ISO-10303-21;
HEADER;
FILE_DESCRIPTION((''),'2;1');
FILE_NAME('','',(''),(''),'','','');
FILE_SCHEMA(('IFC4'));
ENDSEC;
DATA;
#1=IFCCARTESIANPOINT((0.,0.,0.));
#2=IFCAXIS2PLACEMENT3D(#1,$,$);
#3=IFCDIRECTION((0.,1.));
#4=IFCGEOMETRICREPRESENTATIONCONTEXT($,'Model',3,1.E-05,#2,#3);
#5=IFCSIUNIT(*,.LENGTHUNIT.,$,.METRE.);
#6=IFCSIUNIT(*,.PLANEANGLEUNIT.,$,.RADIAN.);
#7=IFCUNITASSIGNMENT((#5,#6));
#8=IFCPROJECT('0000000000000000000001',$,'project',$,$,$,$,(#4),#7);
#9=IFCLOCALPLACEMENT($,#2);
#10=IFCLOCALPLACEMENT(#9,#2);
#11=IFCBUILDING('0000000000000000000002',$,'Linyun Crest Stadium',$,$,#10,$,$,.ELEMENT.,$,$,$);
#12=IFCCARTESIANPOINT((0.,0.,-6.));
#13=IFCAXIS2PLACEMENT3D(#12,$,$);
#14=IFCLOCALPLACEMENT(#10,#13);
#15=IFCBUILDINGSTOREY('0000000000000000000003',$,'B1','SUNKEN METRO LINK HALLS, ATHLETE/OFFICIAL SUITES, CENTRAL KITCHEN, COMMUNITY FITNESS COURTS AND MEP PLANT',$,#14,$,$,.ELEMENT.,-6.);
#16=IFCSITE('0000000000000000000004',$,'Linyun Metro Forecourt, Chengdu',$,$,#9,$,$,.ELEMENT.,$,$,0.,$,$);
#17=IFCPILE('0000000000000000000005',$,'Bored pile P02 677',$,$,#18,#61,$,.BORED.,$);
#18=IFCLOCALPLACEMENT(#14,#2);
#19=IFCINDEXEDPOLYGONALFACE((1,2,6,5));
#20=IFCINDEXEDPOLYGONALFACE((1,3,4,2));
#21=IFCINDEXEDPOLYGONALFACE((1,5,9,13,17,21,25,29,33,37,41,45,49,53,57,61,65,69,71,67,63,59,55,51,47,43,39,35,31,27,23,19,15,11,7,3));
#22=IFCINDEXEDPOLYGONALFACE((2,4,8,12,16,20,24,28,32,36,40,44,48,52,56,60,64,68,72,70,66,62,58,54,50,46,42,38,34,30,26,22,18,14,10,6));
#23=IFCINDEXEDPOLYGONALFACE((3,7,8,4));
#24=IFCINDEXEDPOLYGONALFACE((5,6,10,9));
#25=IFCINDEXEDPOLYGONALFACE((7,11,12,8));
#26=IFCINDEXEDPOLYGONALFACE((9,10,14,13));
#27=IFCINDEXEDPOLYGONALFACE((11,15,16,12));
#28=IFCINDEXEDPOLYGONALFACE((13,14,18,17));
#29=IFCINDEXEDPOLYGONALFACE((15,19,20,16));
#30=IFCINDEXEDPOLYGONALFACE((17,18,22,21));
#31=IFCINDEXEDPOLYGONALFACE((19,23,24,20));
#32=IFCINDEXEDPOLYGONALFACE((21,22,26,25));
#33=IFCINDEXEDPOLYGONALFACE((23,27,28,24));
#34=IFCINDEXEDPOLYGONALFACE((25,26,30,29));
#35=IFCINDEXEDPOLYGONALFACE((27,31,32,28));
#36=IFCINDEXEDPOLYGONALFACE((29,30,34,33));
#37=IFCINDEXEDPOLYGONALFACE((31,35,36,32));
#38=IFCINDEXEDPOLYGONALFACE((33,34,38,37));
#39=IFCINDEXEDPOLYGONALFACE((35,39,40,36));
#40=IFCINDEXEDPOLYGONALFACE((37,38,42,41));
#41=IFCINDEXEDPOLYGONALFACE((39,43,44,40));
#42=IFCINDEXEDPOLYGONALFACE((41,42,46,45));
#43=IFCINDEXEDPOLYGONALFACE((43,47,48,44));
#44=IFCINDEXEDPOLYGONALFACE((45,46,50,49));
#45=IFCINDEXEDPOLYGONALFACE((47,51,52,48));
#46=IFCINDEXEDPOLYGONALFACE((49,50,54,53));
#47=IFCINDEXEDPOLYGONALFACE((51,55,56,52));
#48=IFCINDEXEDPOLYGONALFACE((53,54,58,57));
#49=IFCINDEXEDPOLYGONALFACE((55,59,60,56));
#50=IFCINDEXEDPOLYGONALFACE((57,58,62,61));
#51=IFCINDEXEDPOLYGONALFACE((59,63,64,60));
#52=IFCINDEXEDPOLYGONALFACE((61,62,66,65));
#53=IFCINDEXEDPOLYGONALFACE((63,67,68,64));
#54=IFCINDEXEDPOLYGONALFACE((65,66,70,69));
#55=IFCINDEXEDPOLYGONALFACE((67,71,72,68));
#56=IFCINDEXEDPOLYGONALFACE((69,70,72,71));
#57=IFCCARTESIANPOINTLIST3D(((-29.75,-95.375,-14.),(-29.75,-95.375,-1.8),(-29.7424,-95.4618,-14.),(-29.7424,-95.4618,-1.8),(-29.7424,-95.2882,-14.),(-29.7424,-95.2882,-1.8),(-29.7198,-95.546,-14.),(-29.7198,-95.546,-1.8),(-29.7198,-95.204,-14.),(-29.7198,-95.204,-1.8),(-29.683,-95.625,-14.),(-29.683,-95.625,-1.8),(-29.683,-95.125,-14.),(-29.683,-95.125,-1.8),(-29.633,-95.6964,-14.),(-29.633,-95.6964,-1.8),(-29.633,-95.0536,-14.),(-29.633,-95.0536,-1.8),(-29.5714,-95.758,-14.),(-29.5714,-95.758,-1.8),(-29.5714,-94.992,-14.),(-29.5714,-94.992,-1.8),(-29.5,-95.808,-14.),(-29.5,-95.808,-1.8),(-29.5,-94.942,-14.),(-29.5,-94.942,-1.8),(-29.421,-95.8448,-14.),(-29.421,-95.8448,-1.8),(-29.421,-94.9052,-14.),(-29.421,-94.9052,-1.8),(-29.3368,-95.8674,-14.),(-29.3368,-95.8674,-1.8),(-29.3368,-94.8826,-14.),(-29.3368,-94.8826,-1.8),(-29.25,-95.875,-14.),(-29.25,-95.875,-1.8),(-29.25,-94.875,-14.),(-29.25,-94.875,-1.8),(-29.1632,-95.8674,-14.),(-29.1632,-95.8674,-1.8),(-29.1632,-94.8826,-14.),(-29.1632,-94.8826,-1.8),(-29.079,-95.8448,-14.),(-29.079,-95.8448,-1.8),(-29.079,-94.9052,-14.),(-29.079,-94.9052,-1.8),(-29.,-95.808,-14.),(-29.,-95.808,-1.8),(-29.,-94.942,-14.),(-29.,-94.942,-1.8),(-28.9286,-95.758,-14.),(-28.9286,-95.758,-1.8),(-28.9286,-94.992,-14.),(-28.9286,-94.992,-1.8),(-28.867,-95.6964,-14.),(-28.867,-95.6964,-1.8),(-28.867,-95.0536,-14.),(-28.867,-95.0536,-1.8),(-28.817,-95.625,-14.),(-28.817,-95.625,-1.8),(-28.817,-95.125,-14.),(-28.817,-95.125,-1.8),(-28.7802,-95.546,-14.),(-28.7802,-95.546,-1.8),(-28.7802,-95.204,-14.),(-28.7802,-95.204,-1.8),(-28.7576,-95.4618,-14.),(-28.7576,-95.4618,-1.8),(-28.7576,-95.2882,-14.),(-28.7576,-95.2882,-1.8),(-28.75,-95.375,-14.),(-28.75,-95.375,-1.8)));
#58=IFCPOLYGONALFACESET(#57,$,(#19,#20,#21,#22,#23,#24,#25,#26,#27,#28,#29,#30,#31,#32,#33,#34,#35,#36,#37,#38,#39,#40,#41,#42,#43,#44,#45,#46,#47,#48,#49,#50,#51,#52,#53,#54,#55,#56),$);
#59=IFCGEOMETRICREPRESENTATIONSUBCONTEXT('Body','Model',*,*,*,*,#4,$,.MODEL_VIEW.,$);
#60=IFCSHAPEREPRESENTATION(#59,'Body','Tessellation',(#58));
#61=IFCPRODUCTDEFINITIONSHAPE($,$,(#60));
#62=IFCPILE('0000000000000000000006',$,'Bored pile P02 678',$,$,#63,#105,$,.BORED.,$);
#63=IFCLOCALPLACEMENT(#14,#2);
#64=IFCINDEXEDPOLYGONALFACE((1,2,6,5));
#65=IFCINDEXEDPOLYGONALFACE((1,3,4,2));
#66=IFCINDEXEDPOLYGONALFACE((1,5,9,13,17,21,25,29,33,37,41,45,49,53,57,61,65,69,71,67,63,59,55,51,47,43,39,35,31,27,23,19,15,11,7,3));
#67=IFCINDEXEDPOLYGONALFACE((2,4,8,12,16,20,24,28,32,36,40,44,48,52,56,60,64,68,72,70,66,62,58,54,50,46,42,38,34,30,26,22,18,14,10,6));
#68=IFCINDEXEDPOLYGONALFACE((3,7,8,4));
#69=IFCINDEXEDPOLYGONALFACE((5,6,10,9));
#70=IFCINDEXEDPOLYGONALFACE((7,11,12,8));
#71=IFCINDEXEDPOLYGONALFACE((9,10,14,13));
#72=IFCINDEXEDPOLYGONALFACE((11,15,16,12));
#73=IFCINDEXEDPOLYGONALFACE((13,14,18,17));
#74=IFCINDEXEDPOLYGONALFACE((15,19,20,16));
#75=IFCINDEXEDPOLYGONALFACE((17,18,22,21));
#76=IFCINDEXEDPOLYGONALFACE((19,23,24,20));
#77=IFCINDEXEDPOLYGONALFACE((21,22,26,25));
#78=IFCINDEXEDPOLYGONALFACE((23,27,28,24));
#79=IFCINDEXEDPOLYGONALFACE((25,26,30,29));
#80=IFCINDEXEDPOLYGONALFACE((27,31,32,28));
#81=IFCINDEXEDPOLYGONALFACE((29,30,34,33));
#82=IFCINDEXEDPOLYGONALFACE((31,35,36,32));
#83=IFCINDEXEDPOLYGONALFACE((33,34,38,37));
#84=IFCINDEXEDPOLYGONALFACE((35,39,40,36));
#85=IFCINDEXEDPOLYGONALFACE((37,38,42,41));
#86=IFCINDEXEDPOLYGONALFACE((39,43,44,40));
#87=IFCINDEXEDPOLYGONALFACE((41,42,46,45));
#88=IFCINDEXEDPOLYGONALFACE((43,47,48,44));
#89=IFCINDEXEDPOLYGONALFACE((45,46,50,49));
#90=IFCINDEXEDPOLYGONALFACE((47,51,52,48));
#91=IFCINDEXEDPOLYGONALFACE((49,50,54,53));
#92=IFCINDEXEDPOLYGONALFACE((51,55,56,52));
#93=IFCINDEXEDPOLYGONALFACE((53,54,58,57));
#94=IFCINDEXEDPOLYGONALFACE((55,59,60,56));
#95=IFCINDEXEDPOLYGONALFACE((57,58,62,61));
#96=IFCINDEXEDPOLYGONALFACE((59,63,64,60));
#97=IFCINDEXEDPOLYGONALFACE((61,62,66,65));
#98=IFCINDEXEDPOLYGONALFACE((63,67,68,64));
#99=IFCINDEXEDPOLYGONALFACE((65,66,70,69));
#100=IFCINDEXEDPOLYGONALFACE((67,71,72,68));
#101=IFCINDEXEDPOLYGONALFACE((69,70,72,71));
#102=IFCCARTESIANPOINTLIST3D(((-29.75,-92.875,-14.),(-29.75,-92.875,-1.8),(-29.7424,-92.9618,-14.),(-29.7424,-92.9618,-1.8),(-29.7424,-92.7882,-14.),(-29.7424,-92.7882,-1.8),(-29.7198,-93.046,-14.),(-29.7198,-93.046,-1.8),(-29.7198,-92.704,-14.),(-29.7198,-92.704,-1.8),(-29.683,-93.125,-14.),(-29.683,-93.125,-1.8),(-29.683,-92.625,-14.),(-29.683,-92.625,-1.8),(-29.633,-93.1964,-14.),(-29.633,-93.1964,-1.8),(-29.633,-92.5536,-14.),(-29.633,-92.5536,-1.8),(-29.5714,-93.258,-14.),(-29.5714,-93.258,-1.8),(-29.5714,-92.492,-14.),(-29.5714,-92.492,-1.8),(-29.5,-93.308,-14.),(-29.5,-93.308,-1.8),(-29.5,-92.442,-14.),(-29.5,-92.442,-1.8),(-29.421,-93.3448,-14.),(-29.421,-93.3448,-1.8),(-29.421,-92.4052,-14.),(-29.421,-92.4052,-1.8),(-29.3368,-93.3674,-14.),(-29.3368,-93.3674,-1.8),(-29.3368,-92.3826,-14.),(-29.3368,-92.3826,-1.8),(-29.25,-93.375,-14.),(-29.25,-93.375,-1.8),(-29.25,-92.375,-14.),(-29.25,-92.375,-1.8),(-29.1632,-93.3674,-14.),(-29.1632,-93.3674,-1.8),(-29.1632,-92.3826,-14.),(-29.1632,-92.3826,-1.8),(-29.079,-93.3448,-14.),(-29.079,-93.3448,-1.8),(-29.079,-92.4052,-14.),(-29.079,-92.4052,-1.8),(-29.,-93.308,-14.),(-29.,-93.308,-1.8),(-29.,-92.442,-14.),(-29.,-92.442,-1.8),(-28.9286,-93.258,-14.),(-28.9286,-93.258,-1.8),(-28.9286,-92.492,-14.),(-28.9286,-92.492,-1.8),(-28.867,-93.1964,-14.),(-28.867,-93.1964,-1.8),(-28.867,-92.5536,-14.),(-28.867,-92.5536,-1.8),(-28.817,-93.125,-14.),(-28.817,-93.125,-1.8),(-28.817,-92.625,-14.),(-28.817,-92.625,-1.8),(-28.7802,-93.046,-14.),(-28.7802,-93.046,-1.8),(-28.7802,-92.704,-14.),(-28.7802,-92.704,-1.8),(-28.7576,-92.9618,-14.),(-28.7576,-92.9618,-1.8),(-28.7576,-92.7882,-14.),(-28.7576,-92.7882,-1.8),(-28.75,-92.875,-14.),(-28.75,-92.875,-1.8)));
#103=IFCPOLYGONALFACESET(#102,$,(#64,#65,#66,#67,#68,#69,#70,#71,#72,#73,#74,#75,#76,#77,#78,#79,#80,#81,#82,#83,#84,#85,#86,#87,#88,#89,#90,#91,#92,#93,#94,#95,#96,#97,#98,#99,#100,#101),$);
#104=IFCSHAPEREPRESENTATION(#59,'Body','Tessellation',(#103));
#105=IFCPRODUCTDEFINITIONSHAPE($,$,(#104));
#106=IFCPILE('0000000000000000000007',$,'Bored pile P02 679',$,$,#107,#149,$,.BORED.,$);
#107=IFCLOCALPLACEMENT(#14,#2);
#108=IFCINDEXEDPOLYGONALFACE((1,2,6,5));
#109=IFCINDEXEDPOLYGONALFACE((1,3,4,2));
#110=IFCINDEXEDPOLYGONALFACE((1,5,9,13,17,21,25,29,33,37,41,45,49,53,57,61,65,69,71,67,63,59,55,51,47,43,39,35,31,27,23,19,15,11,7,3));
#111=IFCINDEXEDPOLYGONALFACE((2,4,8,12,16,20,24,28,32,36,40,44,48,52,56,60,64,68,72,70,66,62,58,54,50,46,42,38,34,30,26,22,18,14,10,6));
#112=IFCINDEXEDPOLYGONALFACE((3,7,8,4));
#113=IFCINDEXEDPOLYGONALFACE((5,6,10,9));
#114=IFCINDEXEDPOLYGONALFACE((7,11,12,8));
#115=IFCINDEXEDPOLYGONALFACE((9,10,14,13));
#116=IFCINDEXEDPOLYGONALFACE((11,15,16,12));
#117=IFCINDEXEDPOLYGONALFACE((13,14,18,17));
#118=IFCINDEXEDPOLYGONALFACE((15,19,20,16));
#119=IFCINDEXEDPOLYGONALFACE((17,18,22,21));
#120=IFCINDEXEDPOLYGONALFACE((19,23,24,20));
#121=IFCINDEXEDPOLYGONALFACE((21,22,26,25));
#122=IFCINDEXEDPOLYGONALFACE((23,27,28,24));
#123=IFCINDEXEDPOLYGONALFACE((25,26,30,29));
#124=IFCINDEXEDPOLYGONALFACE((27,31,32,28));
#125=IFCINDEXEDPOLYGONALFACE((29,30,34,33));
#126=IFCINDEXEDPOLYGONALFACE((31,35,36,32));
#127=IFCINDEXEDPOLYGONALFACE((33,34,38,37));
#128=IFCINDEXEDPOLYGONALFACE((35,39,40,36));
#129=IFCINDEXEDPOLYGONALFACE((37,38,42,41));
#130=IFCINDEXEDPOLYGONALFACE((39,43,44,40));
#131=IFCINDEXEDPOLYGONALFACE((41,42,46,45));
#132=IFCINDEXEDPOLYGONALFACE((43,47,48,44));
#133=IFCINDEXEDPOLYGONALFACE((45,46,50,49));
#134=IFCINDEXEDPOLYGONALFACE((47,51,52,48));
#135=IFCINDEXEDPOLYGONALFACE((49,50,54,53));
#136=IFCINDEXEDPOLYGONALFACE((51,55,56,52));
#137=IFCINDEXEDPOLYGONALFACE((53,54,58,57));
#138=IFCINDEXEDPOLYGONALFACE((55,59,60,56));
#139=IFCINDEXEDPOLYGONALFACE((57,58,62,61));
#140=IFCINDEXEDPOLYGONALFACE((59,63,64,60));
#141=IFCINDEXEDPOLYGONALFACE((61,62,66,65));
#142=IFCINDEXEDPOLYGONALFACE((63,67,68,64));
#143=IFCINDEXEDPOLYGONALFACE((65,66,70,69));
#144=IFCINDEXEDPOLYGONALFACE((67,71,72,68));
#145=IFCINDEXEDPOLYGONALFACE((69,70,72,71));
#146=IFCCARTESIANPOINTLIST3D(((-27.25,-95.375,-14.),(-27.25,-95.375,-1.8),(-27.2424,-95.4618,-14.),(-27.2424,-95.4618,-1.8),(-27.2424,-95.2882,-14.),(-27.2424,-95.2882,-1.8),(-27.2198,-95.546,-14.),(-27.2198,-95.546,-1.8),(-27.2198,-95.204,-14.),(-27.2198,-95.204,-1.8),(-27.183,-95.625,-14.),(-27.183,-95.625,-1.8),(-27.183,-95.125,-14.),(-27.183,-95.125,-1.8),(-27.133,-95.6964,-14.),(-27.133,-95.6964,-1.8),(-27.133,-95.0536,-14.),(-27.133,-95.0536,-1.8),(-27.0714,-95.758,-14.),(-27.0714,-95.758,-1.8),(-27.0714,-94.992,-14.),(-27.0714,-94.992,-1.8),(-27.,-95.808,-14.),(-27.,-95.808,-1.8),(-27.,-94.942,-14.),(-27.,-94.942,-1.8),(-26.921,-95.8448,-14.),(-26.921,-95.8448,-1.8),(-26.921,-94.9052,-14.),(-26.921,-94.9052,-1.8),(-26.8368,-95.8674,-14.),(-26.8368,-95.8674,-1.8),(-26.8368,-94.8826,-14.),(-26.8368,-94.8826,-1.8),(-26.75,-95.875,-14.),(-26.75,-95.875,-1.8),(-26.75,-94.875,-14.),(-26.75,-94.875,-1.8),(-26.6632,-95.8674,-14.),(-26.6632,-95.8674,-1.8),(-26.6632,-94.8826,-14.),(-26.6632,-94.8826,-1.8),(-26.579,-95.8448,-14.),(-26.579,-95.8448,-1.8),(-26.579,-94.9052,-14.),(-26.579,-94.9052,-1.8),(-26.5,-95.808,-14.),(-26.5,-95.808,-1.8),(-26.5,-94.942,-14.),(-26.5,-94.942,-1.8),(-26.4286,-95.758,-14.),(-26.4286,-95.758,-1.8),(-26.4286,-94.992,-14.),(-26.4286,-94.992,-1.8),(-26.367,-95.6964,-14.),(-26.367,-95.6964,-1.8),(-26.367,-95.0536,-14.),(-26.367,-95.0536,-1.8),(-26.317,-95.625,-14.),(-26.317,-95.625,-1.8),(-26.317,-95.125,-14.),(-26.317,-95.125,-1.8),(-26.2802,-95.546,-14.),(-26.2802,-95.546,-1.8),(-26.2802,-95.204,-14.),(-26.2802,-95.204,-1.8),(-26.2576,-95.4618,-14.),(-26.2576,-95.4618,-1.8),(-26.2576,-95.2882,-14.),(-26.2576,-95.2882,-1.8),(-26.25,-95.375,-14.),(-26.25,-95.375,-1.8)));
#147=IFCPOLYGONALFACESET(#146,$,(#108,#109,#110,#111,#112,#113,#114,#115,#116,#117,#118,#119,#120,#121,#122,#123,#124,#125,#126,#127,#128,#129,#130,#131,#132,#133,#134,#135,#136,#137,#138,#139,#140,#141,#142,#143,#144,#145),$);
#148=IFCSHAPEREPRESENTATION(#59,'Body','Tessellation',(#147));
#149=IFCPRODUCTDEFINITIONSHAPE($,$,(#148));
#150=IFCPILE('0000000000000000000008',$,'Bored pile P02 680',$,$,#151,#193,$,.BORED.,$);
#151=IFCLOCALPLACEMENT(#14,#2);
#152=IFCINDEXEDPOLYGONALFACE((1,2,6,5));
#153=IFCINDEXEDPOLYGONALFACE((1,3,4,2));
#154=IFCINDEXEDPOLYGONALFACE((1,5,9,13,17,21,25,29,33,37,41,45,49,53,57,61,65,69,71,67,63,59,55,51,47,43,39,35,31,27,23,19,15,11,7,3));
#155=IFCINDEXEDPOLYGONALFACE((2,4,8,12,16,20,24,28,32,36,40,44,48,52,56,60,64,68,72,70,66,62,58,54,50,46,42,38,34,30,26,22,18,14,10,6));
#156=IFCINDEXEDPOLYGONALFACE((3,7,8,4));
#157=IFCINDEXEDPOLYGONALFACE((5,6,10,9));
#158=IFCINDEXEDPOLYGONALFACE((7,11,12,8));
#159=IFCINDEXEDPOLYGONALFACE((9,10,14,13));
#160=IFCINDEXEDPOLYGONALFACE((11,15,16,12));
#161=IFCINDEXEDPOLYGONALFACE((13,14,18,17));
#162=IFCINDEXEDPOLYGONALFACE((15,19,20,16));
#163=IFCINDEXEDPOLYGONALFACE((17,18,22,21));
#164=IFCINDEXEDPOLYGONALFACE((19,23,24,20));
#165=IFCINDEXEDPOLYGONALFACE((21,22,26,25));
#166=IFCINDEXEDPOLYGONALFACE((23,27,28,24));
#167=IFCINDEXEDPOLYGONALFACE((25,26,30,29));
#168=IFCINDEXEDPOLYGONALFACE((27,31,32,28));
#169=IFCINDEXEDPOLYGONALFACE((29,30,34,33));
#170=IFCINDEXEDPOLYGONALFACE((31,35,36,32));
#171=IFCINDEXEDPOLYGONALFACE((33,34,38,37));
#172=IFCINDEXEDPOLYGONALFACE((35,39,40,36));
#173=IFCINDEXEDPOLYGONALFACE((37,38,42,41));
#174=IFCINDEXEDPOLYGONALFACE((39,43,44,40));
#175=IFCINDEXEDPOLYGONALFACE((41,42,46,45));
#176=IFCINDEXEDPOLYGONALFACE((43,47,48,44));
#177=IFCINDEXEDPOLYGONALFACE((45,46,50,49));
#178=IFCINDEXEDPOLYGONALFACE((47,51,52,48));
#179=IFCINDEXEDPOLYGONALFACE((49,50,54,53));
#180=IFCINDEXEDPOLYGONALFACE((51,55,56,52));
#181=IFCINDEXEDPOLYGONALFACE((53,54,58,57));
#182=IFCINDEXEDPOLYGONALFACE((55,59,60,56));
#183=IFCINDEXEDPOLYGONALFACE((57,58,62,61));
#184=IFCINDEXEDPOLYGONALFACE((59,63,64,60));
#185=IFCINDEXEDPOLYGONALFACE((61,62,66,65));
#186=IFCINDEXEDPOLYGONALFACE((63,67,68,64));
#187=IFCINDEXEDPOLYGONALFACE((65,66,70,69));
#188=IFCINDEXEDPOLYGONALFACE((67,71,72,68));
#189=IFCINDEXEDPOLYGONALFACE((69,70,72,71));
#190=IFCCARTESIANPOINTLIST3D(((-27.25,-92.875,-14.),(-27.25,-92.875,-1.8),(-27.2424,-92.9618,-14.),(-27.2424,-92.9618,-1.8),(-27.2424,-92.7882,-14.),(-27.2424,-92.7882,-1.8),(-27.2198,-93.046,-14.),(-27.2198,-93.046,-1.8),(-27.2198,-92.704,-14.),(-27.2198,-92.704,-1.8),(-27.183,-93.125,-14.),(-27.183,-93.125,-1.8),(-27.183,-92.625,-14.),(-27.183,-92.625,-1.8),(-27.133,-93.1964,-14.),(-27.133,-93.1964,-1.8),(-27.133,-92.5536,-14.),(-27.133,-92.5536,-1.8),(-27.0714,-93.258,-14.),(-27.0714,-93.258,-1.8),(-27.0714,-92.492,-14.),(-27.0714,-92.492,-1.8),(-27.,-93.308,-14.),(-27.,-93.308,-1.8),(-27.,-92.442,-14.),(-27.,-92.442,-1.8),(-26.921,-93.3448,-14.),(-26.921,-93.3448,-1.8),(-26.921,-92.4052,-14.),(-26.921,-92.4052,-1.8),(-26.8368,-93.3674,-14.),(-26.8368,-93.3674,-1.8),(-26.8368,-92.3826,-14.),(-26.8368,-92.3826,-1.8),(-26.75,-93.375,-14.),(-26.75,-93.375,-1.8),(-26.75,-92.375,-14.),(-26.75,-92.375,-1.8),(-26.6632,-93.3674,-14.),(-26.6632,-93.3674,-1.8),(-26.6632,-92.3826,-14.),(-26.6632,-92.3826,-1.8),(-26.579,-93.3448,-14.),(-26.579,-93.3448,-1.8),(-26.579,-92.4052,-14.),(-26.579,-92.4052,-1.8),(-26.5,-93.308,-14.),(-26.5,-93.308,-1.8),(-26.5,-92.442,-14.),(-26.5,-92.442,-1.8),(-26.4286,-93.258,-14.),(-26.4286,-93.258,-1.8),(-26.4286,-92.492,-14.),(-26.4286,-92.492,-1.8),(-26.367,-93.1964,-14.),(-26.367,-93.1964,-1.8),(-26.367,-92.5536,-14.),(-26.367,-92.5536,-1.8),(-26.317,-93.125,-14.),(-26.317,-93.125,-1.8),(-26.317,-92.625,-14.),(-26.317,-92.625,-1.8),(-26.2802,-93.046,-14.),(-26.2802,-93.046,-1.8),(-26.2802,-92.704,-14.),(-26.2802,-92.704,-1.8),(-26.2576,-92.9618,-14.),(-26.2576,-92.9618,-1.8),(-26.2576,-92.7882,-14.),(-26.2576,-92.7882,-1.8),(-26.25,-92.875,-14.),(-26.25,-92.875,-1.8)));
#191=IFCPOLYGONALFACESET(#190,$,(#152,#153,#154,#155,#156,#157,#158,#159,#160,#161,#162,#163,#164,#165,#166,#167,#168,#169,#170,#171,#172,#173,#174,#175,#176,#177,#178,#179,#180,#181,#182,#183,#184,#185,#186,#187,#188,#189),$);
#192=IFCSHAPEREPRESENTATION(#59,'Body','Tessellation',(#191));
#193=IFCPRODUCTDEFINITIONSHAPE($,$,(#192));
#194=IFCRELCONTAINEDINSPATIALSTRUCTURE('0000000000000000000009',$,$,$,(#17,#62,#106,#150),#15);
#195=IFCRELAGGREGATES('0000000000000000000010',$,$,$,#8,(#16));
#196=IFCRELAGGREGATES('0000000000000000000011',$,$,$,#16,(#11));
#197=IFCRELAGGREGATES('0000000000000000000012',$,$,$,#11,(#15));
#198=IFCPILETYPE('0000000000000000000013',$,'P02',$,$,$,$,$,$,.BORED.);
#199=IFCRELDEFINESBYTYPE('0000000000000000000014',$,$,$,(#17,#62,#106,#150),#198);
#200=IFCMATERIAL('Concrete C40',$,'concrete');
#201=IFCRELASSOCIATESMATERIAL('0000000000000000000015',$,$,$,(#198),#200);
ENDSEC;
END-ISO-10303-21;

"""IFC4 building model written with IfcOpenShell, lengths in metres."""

from ifc_helpers import new_model, si_unit, direction, frame, origin, origin_2d, place, context, subcontext, project, spatial, circle, extrude, material, material_profile, profile_set, type_object, element, save


model = new_model("IFC4")

# Units and contexts
model_context = context("Model", 3, precision=1e-05, world=origin(), true_north=direction((0.0, 1.0)))
body_context = subcontext(model_context, "Body", "Model", "MODEL_VIEW")
ifc_project = project(units=[si_unit("LENGTHUNIT", "METRE"), si_unit("PLANEANGLEUNIT", "RADIAN")], contexts=[model_context])

# Site, building, storey
site_placement = place(None, origin())
site = spatial("IfcSite", under=ifc_project, at=site_placement, Name="Linyun Metro Forecourt, Chengdu", CompositionType="ELEMENT", RefElevation=0.0)
building_placement = place(site_placement, origin())
building = spatial("IfcBuilding", under=site, at=building_placement, Name="Linyun Crest Stadium", CompositionType="ELEMENT")
storey_placement = place(building_placement, frame((0.0, 0.0, -6.0)))
storey = spatial("IfcBuildingStorey", under=building, at=storey_placement, Name="B1", Description="SUNKEN METRO LINK HALLS, ATHLETE/OFFICIAL SUITES, CENTRAL KITCHEN, COMMUNITY FITNESS COURTS AND MEP PLANT", CompositionType="ELEMENT", Elevation=-6.0)

# Piles
ifc_material_1 = material(Name="Concrete C40", Category="concrete")
ifc_material_profile_1 = material_profile(ifc_material_1, circle(Radius=0.5, at=origin_2d()), Name="BORED PILE 1000")
ifc_profile_set_1 = profile_set([ifc_material_profile_1], Name="Concrete C40")
pile_type = type_object("IfcPileType", Name="P02", PredefinedType="BORED", material=ifc_profile_set_1)
for number, where, z_axis, x_axis, name in (
    (1, (-29.25, -95.375, -1.8), (0.0, 0.0, -1.0), (1.0, 0.0, 0.0), "Bored pile P02 677"),
    (2, (-29.25, -92.875, -1.8), (0.0, 0.0, -1.0), (1.0, 0.0, 0.0), "Bored pile P02 678"),
    (3, (-26.75, -95.375, -1.8), (0.0, 0.0, -1.0), (1.0, 0.0, 0.0), "Bored pile P02 679"),
    (4, (-26.75, -92.875, -1.8), (0.0, 0.0, -1.0), (1.0, 0.0, 0.0), "Bored pile P02 680"),
):
    element("IfcPile", number, at=place(storey_placement, frame(where, z_axis=z_axis, x_axis=x_axis)), inside=storey, type_object=pile_type, Name=name, PredefinedType="BORED", context=body_context, shape_type="SweptSolid", body=[
        extrude(circle(Radius=0.5, at=origin_2d()), origin(), (0.0, 0.0, 1.0), 12.2),
    ])

save(model, "model.ifc")
